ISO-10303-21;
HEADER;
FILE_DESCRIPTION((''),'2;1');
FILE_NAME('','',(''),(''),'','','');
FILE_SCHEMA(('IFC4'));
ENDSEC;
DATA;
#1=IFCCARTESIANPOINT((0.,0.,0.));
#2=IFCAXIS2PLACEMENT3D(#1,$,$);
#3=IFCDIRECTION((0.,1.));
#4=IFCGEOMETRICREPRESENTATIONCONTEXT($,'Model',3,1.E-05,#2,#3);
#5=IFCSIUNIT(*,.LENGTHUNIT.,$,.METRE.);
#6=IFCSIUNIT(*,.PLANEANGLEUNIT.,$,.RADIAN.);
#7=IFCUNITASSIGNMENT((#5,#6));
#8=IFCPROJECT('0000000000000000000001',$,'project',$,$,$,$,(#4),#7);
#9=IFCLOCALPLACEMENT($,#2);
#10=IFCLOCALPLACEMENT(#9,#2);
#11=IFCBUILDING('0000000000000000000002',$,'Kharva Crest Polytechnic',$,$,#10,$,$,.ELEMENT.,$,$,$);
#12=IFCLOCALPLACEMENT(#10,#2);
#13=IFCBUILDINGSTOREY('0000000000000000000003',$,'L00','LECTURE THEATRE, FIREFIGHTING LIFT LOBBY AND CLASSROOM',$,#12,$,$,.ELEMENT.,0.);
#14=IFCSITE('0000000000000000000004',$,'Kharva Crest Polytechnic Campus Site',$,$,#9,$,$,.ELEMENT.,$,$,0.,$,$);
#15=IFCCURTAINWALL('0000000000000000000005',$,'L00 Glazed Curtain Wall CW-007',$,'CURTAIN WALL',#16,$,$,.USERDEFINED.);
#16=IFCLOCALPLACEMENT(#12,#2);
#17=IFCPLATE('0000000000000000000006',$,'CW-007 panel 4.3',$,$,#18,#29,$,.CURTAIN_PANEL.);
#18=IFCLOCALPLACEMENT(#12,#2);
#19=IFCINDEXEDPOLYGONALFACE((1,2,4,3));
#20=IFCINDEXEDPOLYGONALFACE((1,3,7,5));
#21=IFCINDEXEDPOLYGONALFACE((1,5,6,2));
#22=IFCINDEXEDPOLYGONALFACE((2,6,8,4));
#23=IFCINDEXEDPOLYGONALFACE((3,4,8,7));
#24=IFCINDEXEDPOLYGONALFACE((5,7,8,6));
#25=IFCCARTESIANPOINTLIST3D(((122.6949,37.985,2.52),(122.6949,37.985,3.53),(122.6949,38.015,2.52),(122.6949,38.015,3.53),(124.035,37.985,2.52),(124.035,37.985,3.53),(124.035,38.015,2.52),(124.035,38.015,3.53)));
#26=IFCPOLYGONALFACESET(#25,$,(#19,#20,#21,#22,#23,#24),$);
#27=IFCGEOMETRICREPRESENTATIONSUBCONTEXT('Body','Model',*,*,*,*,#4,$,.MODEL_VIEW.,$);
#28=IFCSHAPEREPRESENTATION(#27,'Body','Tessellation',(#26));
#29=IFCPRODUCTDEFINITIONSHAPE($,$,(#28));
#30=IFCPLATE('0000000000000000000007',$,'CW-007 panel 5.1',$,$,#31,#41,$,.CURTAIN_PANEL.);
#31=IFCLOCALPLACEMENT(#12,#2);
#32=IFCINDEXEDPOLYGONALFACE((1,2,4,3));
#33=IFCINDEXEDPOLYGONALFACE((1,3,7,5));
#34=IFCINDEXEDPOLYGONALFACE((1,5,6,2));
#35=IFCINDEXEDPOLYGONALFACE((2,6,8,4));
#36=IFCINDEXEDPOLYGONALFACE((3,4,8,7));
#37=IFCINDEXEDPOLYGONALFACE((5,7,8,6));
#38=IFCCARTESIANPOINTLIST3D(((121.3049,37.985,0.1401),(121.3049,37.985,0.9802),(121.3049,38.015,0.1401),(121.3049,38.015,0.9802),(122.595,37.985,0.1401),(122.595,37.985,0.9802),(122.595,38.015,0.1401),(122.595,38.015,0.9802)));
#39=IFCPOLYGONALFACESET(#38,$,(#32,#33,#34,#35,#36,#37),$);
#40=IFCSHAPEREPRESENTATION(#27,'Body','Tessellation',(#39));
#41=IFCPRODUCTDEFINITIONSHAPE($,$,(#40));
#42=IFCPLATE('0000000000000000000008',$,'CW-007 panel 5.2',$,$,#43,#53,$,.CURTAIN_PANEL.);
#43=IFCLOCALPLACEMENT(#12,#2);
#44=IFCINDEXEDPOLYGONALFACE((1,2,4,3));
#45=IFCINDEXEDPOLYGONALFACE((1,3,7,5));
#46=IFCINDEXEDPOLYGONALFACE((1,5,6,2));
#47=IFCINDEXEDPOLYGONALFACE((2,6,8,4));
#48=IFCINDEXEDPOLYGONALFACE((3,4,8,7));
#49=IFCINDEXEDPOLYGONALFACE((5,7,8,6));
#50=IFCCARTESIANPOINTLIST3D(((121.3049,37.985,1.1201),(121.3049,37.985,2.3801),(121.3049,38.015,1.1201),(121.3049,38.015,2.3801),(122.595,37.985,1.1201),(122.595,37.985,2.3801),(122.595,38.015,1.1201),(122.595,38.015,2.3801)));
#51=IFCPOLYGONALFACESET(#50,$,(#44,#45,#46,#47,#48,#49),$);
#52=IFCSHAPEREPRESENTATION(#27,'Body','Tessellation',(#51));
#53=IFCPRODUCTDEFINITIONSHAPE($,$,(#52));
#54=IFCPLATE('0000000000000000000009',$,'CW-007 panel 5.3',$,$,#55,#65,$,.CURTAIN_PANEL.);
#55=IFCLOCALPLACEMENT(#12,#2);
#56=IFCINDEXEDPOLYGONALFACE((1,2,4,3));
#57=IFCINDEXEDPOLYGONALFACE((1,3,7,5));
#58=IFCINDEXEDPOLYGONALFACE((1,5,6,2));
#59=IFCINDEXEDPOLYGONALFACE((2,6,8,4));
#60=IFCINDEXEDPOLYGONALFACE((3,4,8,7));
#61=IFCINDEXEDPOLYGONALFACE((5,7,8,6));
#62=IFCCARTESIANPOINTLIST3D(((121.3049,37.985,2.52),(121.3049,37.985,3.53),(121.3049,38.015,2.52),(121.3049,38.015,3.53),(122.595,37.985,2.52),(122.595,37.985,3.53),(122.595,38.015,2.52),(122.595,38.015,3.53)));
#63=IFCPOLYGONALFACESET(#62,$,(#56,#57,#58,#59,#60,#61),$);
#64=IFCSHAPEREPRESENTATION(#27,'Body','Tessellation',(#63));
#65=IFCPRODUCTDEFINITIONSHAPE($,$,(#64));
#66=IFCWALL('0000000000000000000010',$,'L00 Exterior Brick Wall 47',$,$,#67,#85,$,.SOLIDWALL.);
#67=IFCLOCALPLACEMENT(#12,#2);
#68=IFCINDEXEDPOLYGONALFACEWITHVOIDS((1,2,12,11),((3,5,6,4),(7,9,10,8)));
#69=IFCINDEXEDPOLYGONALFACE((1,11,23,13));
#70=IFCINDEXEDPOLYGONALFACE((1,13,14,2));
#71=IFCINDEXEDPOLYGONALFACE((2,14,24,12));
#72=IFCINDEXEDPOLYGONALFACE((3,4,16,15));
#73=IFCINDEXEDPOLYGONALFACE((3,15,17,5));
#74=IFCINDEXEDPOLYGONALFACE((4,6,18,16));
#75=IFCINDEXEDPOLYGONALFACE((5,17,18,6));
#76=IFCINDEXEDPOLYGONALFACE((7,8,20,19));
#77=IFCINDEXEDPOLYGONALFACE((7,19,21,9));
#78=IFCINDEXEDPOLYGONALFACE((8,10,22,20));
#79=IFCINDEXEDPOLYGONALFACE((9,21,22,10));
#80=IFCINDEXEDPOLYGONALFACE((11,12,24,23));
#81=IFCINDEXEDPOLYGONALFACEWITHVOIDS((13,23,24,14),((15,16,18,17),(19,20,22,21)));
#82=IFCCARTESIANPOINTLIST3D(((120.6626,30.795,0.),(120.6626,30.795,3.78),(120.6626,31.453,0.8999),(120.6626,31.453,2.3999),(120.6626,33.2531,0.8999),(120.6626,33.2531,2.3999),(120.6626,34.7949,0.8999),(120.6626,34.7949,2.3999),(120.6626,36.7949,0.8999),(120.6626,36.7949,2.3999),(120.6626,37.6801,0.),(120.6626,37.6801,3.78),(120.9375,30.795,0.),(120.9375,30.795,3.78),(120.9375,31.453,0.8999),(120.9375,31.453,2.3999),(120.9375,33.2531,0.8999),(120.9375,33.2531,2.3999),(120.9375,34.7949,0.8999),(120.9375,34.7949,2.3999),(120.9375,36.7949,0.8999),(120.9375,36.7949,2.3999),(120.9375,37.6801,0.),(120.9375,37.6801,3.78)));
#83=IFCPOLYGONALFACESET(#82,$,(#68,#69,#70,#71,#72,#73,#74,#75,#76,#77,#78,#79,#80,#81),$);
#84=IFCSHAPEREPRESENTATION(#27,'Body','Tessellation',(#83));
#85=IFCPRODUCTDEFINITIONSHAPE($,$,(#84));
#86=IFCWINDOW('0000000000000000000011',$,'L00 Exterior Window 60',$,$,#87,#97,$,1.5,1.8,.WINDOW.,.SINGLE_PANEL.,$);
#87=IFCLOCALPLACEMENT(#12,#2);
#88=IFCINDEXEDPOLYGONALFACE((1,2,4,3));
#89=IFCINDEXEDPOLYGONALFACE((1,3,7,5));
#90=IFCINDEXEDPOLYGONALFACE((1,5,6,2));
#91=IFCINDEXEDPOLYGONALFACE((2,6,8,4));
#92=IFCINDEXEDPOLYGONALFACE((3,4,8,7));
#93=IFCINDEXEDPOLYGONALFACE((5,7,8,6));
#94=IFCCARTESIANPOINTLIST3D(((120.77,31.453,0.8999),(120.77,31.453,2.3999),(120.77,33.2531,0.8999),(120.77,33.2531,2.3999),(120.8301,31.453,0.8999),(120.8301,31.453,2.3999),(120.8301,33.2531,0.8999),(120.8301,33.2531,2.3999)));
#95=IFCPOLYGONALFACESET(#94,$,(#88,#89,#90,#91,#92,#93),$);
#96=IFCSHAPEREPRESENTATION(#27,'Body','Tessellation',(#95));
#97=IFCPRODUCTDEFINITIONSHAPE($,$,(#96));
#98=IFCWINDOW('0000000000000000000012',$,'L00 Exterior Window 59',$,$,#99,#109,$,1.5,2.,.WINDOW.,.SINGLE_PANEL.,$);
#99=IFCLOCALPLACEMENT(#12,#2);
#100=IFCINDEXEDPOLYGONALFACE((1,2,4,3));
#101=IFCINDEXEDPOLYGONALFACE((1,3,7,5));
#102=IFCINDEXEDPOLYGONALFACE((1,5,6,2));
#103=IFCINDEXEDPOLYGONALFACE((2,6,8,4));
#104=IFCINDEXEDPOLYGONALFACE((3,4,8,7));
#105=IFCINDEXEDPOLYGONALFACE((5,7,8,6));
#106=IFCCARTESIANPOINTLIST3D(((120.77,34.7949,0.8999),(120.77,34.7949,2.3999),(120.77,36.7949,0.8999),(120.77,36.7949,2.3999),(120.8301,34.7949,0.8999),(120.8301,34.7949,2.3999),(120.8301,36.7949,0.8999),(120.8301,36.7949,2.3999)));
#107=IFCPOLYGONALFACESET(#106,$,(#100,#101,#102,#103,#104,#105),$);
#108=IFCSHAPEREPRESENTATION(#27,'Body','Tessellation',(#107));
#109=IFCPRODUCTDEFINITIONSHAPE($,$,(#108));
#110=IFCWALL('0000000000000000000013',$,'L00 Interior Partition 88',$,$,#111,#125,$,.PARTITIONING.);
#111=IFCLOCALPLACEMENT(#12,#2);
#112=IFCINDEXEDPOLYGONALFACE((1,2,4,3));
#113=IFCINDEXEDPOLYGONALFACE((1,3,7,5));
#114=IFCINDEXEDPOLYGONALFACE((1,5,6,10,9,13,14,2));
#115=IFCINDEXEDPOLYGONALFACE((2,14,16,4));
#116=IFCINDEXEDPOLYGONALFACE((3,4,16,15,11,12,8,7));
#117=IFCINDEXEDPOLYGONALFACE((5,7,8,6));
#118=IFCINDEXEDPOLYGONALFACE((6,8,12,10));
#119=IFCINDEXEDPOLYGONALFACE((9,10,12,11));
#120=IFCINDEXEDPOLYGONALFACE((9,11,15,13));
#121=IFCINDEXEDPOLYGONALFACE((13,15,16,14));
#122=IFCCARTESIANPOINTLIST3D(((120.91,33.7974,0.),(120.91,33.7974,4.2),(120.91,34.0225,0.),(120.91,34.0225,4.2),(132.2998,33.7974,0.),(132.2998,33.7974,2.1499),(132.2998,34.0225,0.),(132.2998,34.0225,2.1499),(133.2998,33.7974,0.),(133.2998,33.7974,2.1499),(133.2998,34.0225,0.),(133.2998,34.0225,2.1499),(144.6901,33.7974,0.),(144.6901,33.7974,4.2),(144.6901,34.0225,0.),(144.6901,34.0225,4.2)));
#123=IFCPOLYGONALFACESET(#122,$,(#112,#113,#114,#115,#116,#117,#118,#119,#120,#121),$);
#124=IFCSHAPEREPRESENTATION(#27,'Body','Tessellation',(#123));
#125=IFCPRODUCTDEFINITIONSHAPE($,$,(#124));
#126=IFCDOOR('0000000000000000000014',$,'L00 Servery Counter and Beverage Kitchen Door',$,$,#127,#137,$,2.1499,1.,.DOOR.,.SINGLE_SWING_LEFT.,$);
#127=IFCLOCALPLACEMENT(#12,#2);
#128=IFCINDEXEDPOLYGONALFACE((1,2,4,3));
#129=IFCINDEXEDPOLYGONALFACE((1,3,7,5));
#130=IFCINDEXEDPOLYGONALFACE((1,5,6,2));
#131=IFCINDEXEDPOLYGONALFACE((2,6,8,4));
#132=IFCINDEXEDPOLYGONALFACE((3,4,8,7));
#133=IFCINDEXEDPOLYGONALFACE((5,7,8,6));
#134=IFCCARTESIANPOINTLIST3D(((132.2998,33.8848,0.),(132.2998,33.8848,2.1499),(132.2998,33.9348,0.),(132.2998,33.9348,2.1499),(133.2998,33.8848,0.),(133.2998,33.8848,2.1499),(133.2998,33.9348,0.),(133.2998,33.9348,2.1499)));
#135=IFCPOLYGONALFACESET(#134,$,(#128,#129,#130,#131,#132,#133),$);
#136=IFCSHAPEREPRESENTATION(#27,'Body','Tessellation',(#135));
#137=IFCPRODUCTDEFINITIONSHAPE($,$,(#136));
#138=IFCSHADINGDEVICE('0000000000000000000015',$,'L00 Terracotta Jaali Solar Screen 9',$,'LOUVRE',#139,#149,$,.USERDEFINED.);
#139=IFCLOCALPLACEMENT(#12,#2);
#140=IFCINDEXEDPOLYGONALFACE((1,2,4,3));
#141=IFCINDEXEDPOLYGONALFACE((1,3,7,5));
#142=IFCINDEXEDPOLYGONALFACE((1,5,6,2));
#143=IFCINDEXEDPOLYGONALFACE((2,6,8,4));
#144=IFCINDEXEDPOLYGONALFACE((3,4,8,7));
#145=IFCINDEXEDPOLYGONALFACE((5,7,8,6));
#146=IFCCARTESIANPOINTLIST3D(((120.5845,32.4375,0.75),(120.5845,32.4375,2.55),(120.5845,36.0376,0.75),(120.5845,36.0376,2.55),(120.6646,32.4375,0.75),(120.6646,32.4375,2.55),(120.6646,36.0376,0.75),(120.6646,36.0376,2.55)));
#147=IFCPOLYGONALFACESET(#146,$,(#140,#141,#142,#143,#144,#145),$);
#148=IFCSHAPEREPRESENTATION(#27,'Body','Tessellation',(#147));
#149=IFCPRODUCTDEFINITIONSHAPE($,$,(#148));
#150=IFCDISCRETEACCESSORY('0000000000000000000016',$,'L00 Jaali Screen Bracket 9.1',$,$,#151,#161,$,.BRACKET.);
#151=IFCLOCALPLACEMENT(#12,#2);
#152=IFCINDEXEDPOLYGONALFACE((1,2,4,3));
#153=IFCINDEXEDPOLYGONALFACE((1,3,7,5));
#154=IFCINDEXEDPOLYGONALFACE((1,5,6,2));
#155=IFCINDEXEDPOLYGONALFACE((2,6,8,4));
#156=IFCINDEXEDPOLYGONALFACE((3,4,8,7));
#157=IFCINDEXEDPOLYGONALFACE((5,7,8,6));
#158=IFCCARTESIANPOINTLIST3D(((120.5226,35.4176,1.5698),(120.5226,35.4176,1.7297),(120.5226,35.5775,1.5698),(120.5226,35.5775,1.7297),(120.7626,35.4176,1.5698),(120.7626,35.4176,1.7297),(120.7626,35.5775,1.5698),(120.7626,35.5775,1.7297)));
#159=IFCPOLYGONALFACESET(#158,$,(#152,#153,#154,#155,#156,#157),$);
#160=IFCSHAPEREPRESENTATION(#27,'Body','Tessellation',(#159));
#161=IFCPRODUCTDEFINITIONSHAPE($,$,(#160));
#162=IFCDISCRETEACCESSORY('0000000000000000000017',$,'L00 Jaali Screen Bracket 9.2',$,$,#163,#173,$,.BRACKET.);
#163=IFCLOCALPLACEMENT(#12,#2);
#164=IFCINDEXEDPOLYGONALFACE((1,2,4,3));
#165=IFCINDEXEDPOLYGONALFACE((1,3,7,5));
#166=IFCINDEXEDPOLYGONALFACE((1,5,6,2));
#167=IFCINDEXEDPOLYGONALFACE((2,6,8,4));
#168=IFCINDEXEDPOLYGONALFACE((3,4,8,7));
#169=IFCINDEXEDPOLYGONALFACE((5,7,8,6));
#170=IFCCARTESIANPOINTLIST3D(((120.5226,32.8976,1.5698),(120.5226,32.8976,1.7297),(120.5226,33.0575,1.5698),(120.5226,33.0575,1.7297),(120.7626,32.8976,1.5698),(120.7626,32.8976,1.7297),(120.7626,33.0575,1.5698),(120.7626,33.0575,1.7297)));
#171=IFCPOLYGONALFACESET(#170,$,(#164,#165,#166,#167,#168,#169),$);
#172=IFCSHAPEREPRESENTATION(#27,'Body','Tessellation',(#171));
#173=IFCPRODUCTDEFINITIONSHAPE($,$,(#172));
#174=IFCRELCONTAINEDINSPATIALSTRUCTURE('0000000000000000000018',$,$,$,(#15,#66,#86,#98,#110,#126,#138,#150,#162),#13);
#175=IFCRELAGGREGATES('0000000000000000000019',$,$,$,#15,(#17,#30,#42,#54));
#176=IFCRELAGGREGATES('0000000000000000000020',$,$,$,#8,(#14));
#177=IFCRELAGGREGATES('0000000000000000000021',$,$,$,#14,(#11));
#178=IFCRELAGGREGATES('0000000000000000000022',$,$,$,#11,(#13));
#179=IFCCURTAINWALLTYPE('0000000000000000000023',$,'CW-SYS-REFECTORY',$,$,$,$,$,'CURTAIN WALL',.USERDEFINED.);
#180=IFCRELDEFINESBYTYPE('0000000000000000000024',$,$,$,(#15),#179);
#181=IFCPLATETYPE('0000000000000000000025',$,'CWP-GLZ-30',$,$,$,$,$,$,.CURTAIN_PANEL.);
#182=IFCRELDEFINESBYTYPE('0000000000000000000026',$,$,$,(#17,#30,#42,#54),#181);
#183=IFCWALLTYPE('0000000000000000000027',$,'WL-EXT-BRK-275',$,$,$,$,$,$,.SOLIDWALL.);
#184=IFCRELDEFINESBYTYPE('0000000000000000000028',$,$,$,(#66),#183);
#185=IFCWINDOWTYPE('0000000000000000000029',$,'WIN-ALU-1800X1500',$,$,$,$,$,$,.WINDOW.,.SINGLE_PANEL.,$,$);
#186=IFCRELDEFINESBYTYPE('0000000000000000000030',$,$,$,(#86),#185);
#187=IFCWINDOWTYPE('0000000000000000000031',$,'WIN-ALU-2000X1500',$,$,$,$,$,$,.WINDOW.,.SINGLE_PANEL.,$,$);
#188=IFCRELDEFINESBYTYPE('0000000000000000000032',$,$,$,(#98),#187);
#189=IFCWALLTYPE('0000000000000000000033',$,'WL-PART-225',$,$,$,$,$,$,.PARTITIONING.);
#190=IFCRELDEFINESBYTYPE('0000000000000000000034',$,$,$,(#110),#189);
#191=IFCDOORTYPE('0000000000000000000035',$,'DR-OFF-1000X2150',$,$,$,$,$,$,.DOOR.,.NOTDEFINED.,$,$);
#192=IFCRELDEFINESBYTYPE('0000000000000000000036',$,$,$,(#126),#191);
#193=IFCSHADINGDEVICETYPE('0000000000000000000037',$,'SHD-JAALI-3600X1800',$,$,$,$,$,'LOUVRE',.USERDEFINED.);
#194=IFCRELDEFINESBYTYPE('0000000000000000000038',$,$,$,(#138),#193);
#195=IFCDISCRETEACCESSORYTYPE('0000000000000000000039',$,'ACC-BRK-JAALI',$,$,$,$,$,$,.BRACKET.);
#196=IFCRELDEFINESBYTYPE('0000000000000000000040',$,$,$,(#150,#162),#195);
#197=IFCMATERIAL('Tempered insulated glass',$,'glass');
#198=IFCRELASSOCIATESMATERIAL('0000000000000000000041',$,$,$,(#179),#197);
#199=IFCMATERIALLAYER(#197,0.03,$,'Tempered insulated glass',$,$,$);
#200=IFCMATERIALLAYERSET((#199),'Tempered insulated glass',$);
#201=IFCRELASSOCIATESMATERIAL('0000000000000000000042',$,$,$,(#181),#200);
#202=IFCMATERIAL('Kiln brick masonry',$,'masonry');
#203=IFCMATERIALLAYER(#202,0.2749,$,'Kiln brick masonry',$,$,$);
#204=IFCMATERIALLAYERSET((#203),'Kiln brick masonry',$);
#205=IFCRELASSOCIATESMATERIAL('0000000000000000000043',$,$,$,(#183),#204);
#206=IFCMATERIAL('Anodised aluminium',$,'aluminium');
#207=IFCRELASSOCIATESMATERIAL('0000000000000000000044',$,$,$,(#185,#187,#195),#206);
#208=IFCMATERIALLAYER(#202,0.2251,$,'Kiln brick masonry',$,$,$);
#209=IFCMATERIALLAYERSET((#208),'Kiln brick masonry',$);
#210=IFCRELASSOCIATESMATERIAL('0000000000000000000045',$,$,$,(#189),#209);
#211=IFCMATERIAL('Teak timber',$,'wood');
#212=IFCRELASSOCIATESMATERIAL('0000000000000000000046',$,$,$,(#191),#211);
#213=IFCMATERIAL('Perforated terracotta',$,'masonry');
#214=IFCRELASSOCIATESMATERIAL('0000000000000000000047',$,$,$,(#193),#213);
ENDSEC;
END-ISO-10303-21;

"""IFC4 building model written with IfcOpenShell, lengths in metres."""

from ifc_helpers import new_model, si_unit, direction, frame, frame_2d, origin, origin_2d, place, context, subcontext, project, spatial, rectangle, extrude, material, layer, layer_set, type_object, element, fill, aggregate, save


model = new_model("IFC4")

# Units and contexts
model_context = context("Model", 3, precision=1e-05, world=origin(), true_north=direction((0.0, 1.0)))
body_context = subcontext(model_context, "Body", "Model", "MODEL_VIEW")
ifc_project = project(units=[si_unit("LENGTHUNIT", "METRE"), si_unit("PLANEANGLEUNIT", "RADIAN")], contexts=[model_context])

# Site, building, storey
site_placement = place(None, origin())
site = spatial("IfcSite", under=ifc_project, at=site_placement, Name="Kharva Crest Polytechnic Campus Site", CompositionType="ELEMENT", RefElevation=0.0)
building_placement = place(site_placement, origin())
building = spatial("IfcBuilding", under=site, at=building_placement, Name="Kharva Crest Polytechnic", CompositionType="ELEMENT")
storey_placement = place(building_placement, origin())
storey = spatial("IfcBuildingStorey", under=building, at=storey_placement, Name="L00", Description="LECTURE THEATRE, FIREFIGHTING LIFT LOBBY AND CLASSROOM", CompositionType="ELEMENT", Elevation=0.0)

# Curtain wall
ifc_material_1 = material(Name="Tempered insulated glass", Category="glass")
curtain_wall_type = type_object("IfcCurtainWallType", Name="CW-SYS-REFECTORY", ElementType="CURTAIN WALL", PredefinedType="USERDEFINED", material=ifc_material_1)
curtain_wall_placement = place(storey_placement, origin())
curtain_wall = element("IfcCurtainWall", 1, at=curtain_wall_placement, inside=storey, type_object=curtain_wall_type, Name="L00 Glazed Curtain Wall CW-007", ObjectType="CURTAIN WALL", PredefinedType="USERDEFINED")

# Plates
ifc_layer_1 = layer(ifc_material_1, 0.03, Name="Tempered insulated glass")
ifc_layer_set_1 = layer_set([ifc_layer_1], Name="Tempered insulated glass")
plate_type = type_object("IfcPlateType", Name="CWP-GLZ-30", PredefinedType="CURTAIN_PANEL", material=ifc_layer_set_1)
plate_1_placement = place(storey_placement, frame((123.365, 38.0, 2.52), z_axis=(0.0, 0.0, 1.0), x_axis=(-1.0, 0.0, 0.0)))
plate_1 = element("IfcPlate", 2, at=plate_1_placement, type_object=plate_type, Name="CW-007 panel 4.3", PredefinedType="CURTAIN_PANEL", context=body_context, shape_type="SweptSolid", body=[
    extrude(rectangle(XDim=1.3401, YDim=0.03, at=origin_2d()), origin(), (0.0, 0.0, 1.0), 1.01),
])
plate_2_placement = place(storey_placement, frame((121.95, 38.0, 0.1401), z_axis=(0.0, 0.0, 1.0), x_axis=(-1.0, 0.0, 0.0)))
plate_2 = element("IfcPlate", 3, at=plate_2_placement, type_object=plate_type, Name="CW-007 panel 5.1", PredefinedType="CURTAIN_PANEL", context=body_context, shape_type="SweptSolid", body=[
    extrude(rectangle(XDim=1.29, YDim=0.03, at=origin_2d()), origin(), (0.0, 0.0, 1.0), 0.8401),
])
plate_3_placement = place(storey_placement, frame((121.95, 38.0, 1.1201), z_axis=(0.0, 0.0, 1.0), x_axis=(-1.0, 0.0, 0.0)))
plate_3 = element("IfcPlate", 4, at=plate_3_placement, type_object=plate_type, Name="CW-007 panel 5.2", PredefinedType="CURTAIN_PANEL", context=body_context, shape_type="SweptSolid", body=[
    extrude(rectangle(XDim=1.29, YDim=0.03, at=origin_2d()), origin(), (0.0, 0.0, 1.0), 1.26),
])
plate_4_placement = place(storey_placement, frame((121.95, 38.0, 2.52), z_axis=(0.0, 0.0, 1.0), x_axis=(-1.0, 0.0, 0.0)))
plate_4 = element("IfcPlate", 5, at=plate_4_placement, type_object=plate_type, Name="CW-007 panel 5.3", PredefinedType="CURTAIN_PANEL", context=body_context, shape_type="SweptSolid", body=[
    extrude(rectangle(XDim=1.29, YDim=0.03, at=origin_2d()), origin(), (0.0, 0.0, 1.0), 1.01),
])
aggregate(curtain_wall, [plate_1, plate_2, plate_3, plate_4])

# Wall, openings, windows
ifc_material_2 = material(Name="Kiln brick masonry", Category="masonry")
ifc_layer_2 = layer(ifc_material_2, 0.2749, Name="Kiln brick masonry")
ifc_layer_set_2 = layer_set([ifc_layer_2], Name="Kiln brick masonry")
wall_type_1 = type_object("IfcWallType", Name="WL-EXT-BRK-275", PredefinedType="SOLIDWALL", material=ifc_layer_set_2)
wall_1_placement = place(storey_placement, frame((120.8, 37.6799, 0.0), z_axis=(0.0, 0.0, 1.0), x_axis=(0.0, -1.0, 0.0)))
wall_1 = element("IfcWall", 6, at=wall_1_placement, inside=storey, type_object=wall_type_1, Name="L00 Exterior Brick Wall 47", PredefinedType="SOLIDWALL", context=body_context, shape_type="SweptSolid", body=[
    extrude(rectangle(XDim=6.885, YDim=0.2749, at=frame_2d((3.4424, 0.0))), origin(), (0.0, 0.0, 1.0), 3.78),
])
opening_1_placement = place(wall_1_placement, frame((0.885, 0.0, 0.8999)))
opening_1 = element("IfcOpeningElement", 7, at=opening_1_placement, cuts=wall_1, PredefinedType="OPENING", context=body_context, shape_type="SweptSolid", body=[
    extrude(rectangle(XDim=2.0, YDim=1.5, at=frame_2d((1.0, 0.75))), frame((0.0, 0.1475, 0.0), z_axis=(0.0, -1.0, 0.0), x_axis=(1.0, 0.0, 0.0)), (0.0, 0.0, 1.0), 0.2949),
])
opening_2_placement = place(wall_1_placement, frame((4.427, 0.0, 0.8999)))
opening_2 = element("IfcOpeningElement", 8, at=opening_2_placement, cuts=wall_1, PredefinedType="OPENING", context=body_context, shape_type="SweptSolid", body=[
    extrude(rectangle(XDim=1.8, YDim=1.5, at=frame_2d((0.8999, 0.75))), frame((0.0, 0.1475, 0.0), z_axis=(0.0, -1.0, 0.0), x_axis=(1.0, 0.0, 0.0)), (0.0, 0.0, 1.0), 0.2949),
])
ifc_material_3 = material(Name="Anodised aluminium", Category="aluminium")
window_type_1 = type_object("IfcWindowType", Name="WIN-ALU-1800X1500", PartitioningType="SINGLE_PANEL", PredefinedType="WINDOW", material=ifc_material_3)
window_1_placement = place(opening_2_placement, origin())
window_1 = element("IfcWindow", 9, at=window_1_placement, inside=storey, type_object=window_type_1, Name="L00 Exterior Window 60", OverallHeight=1.5, OverallWidth=1.8, PartitioningType="SINGLE_PANEL", PredefinedType="WINDOW", context=body_context, shape_type="SweptSolid", body=[
    extrude(rectangle(XDim=1.8, YDim=1.5, at=frame_2d((0.8999, 0.75))), frame((0.0, 0.03, 0.0), z_axis=(0.0, -1.0, 0.0), x_axis=(1.0, 0.0, 0.0)), (0.0, 0.0, 1.0), 0.0601),
])
fill(opening_2, window_1)
window_type_2 = type_object("IfcWindowType", Name="WIN-ALU-2000X1500", PartitioningType="SINGLE_PANEL", PredefinedType="WINDOW", material=ifc_material_3)
window_2_placement = place(opening_1_placement, origin())
window_2 = element("IfcWindow", 10, at=window_2_placement, inside=storey, type_object=window_type_2, Name="L00 Exterior Window 59", OverallHeight=1.5, OverallWidth=2.0, PartitioningType="SINGLE_PANEL", PredefinedType="WINDOW", context=body_context, shape_type="SweptSolid", body=[
    extrude(rectangle(XDim=2.0, YDim=1.5, at=frame_2d((1.0, 0.75))), frame((0.0, 0.03, 0.0), z_axis=(0.0, -1.0, 0.0), x_axis=(1.0, 0.0, 0.0)), (0.0, 0.0, 1.0), 0.0601),
])
fill(opening_1, window_2)

# Wall, opening, door
ifc_layer_3 = layer(ifc_material_2, 0.2251, Name="Kiln brick masonry")
ifc_layer_set_3 = layer_set([ifc_layer_3], Name="Kiln brick masonry")
wall_type_2 = type_object("IfcWallType", Name="WL-PART-225", PredefinedType="PARTITIONING", material=ifc_layer_set_3)
wall_2_placement = place(storey_placement, frame((120.9099, 33.9099, 0.0), z_axis=(0.0, 0.0, 1.0), x_axis=(1.0, 0.0, 0.0)))
wall_2 = element("IfcWall", 11, at=wall_2_placement, inside=storey, type_object=wall_type_2, Name="L00 Interior Partition 88", PredefinedType="PARTITIONING", context=body_context, shape_type="SweptSolid", body=[
    extrude(rectangle(XDim=23.78, YDim=0.2251, at=frame_2d((11.8901, 0.0))), origin(), (0.0, 0.0, 1.0), 4.2),
])
opening_3_placement = place(wall_2_placement, frame((11.3899, 0.0, 0.0)))
opening_3 = element("IfcOpeningElement", 12, at=opening_3_placement, cuts=wall_2, PredefinedType="OPENING", context=body_context, shape_type="SweptSolid", body=[
    extrude(rectangle(XDim=1.0, YDim=2.1499, at=frame_2d((0.5, 1.075))), frame((0.0, 0.1226, 0.0), z_axis=(0.0, -1.0, 0.0), x_axis=(1.0, 0.0, 0.0)), (0.0, 0.0, 1.0), 0.2451),
])
ifc_material_4 = material(Name="Teak timber", Category="wood")
door_type = type_object("IfcDoorType", Name="DR-OFF-1000X2150", OperationType="NOTDEFINED", PredefinedType="DOOR", material=ifc_material_4)
door_placement = place(opening_3_placement, origin())
door = element("IfcDoor", 13, at=door_placement, inside=storey, type_object=door_type, Name="L00 Servery Counter and Beverage Kitchen Door", OperationType="SINGLE_SWING_LEFT", OverallHeight=2.1499, OverallWidth=1.0, PredefinedType="DOOR", context=body_context, shape_type="SweptSolid", body=[
    extrude(rectangle(XDim=1.0, YDim=2.1499, at=frame_2d((0.5, 1.075))), frame((0.0, 0.0249, 0.0), z_axis=(0.0, -1.0, 0.0), x_axis=(1.0, 0.0, 0.0)), (0.0, 0.0, 1.0), 0.05),
])
fill(opening_3, door)

# Shading device
ifc_material_5 = material(Name="Perforated terracotta", Category="masonry")
shading_device_type = type_object("IfcShadingDeviceType", Name="SHD-JAALI-3600X1800", ElementType="LOUVRE", PredefinedType="USERDEFINED", material=ifc_material_5)
shading_device_placement = place(storey_placement, frame((120.6245, 34.2375, 0.75), z_axis=(0.0, 0.0, 1.0), x_axis=(0.0, 1.0, 0.0)))
element("IfcShadingDevice", 14, at=shading_device_placement, inside=storey, type_object=shading_device_type, Name="L00 Terracotta Jaali Solar Screen 9", ObjectType="LOUVRE", PredefinedType="USERDEFINED", context=body_context, shape_type="SweptSolid", body=[
    extrude(rectangle(XDim=3.6001, YDim=0.0801, at=origin_2d()), origin(), (0.0, 0.0, 1.0), 1.8),
])

# Discrete accessories
discrete_accessory_type = type_object("IfcDiscreteAccessoryType", Name="ACC-BRK-JAALI", PredefinedType="BRACKET", material=ifc_material_3)
for number, where, z_axis, x_axis, name in (
    (15, (120.6426, 35.4976, 1.5698), (0.0, 0.0, 1.0), (0.0, 1.0, 0.0), "L00 Jaali Screen Bracket 9.1"),
    (16, (120.6426, 32.9775, 1.5698), (0.0, 0.0, 1.0), (0.0, 1.0, 0.0), "L00 Jaali Screen Bracket 9.2"),
):
    element("IfcDiscreteAccessory", number, at=place(storey_placement, frame(where, z_axis=z_axis, x_axis=x_axis)), inside=storey, type_object=discrete_accessory_type, Name=name, PredefinedType="BRACKET", context=body_context, shape_type="SweptSolid", body=[
        extrude(rectangle(XDim=0.1599, YDim=0.24, at=origin_2d()), origin(), (0.0, 0.0, 1.0), 0.1599),
    ])

save(model, "model.ifc")
